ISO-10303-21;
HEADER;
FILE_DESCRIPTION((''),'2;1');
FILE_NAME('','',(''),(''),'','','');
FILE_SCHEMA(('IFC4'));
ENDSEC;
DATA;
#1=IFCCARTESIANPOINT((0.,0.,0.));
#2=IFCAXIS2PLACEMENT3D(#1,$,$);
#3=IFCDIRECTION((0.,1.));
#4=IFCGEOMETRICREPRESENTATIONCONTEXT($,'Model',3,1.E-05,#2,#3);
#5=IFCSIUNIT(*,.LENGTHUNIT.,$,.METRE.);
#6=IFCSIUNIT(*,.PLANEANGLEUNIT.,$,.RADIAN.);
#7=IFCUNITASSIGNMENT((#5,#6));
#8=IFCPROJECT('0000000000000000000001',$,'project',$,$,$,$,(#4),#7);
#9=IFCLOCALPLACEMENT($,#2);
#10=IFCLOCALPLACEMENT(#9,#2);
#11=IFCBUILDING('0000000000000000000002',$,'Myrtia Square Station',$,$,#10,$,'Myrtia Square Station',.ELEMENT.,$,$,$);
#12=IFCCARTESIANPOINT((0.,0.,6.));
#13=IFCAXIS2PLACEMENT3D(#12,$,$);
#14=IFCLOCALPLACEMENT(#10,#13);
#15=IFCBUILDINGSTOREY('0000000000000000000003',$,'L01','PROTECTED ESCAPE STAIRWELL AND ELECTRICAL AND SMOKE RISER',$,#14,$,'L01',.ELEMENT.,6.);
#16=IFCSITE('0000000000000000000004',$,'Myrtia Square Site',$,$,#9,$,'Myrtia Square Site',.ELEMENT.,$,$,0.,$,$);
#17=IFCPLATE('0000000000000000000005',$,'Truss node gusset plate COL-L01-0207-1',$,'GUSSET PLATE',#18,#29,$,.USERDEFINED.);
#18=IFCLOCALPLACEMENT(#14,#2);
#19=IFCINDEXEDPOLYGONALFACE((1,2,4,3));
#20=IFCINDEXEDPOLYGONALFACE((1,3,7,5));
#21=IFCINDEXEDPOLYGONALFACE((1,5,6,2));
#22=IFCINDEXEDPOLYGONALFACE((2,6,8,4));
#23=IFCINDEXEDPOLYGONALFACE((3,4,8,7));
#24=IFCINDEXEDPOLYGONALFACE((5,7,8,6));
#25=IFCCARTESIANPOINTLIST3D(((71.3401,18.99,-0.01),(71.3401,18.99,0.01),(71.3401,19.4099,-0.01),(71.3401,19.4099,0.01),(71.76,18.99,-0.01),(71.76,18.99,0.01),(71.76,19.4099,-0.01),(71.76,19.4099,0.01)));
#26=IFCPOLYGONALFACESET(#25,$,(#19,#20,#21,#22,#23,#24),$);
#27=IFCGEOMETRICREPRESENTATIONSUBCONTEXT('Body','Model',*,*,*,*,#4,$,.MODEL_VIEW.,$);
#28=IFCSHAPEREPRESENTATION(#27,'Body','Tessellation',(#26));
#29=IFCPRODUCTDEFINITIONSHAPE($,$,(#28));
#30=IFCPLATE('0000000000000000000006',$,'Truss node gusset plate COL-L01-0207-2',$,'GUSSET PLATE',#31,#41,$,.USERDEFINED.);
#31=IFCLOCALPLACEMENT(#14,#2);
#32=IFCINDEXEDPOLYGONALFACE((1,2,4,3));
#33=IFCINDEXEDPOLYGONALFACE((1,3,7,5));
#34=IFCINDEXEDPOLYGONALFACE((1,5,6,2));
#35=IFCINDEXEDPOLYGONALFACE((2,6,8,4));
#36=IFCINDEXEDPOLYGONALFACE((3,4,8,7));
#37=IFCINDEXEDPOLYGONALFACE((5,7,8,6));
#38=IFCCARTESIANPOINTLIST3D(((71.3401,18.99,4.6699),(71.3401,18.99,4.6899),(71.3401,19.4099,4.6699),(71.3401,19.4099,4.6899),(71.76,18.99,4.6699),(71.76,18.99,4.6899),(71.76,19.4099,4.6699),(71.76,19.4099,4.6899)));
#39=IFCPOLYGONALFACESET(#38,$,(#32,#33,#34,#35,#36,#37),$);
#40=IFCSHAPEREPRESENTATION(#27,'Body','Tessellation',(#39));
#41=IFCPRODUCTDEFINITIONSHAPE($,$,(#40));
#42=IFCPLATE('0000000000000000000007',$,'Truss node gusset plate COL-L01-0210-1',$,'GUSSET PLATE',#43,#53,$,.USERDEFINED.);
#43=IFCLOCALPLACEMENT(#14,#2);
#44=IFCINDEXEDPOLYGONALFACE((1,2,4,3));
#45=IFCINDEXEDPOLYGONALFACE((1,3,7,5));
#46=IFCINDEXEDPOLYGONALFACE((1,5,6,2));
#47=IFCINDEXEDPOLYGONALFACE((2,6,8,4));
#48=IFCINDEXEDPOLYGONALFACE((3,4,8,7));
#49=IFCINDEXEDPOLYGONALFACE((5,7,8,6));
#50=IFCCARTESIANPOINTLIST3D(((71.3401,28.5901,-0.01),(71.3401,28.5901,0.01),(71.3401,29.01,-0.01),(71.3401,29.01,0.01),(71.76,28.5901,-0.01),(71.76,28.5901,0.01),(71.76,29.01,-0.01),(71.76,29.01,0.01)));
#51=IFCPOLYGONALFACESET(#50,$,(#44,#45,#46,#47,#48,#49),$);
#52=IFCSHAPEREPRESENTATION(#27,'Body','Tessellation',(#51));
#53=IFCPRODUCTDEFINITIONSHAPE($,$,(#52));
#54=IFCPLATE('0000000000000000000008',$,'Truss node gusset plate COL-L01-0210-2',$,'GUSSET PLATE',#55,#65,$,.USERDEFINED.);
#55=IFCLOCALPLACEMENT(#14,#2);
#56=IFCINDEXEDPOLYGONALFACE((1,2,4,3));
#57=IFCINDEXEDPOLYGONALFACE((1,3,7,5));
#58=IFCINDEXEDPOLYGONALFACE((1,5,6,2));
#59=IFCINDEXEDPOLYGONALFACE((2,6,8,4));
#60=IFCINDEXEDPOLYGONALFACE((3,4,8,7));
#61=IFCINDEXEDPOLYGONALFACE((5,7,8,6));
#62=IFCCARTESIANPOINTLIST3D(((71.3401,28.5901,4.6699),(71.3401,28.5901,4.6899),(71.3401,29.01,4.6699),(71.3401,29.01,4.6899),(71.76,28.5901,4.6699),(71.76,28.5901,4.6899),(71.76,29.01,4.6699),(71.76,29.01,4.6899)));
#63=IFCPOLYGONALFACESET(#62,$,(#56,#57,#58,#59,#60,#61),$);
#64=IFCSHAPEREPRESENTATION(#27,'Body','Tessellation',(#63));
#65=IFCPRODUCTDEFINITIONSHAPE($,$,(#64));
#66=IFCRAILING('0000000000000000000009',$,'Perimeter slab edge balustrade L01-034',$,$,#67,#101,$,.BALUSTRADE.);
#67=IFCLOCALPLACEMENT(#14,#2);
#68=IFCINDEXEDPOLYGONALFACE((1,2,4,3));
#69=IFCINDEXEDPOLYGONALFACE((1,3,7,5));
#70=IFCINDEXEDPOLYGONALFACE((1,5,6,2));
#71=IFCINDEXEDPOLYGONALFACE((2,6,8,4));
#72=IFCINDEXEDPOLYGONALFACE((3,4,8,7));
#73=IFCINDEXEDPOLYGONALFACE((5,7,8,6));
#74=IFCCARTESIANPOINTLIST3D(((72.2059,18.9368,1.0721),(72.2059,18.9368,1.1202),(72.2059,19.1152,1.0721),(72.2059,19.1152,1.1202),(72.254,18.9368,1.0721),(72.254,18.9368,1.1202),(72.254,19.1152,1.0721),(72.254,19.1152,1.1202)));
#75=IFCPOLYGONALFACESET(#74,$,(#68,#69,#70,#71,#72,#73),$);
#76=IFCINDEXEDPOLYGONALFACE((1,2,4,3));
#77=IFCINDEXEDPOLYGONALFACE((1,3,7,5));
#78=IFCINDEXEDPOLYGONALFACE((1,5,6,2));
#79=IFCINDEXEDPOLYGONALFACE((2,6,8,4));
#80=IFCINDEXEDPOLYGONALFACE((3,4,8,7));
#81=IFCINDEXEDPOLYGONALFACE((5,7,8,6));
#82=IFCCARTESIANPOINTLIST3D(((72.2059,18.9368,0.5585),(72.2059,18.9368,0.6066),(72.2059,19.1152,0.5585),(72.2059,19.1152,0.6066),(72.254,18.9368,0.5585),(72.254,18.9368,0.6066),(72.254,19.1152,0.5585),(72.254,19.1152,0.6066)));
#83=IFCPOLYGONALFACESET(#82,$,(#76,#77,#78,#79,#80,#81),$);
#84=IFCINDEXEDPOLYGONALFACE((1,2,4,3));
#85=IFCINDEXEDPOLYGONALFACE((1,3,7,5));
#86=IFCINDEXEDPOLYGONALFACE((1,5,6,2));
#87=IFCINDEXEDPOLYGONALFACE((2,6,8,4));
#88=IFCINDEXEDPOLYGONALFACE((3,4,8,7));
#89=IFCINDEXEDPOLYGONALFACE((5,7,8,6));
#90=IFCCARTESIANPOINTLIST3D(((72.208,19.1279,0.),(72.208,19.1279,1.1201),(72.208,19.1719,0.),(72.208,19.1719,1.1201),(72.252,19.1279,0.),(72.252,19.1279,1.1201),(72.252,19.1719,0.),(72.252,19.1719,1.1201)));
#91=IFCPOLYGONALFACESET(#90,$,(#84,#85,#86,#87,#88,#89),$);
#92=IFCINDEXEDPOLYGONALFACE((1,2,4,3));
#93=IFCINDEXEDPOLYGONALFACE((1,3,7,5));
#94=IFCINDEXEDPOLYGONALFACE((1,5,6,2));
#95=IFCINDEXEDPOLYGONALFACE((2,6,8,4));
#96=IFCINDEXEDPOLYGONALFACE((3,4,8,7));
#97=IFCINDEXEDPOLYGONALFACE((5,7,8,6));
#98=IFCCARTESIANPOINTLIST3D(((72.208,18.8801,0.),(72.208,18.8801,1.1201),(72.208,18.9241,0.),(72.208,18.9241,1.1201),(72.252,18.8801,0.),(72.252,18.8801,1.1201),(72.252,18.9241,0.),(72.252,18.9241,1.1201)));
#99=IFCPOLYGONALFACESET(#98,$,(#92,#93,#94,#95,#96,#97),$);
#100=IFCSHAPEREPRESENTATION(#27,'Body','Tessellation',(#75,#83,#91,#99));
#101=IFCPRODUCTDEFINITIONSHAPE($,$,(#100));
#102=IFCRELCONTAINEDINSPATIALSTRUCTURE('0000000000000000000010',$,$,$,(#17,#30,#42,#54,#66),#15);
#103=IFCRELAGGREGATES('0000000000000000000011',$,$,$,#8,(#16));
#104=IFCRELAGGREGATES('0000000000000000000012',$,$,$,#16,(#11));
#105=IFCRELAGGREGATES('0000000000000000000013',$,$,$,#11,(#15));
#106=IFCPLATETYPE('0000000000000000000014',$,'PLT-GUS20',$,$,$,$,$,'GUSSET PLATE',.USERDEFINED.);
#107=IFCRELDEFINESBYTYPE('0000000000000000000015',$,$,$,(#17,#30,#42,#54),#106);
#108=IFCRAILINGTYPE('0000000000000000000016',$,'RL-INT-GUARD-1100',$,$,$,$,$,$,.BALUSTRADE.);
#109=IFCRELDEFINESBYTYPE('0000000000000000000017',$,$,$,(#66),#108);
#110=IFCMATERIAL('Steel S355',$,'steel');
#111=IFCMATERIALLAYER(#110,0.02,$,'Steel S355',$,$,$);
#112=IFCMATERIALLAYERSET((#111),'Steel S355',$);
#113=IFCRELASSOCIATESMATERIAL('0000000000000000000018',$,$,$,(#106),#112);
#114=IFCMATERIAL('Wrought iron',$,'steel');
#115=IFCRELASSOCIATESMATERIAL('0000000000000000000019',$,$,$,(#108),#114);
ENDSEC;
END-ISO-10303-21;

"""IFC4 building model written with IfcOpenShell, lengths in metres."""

from ifc_helpers import new_model, si_unit, direction, frame, origin, origin_2d, place, context, subcontext, project, spatial, rectangle, extrude, material, layer, layer_set, type_object, element, save


model = new_model("IFC4")

# Units and contexts
model_context = context("Model", 3, precision=1e-05, world=origin(), true_north=direction((0.0, 1.0)))
body_context = subcontext(model_context, "Body", "Model", "MODEL_VIEW")
ifc_project = project(units=[si_unit("LENGTHUNIT", "METRE"), si_unit("PLANEANGLEUNIT", "RADIAN")], contexts=[model_context])

# Site, building, storey
site_placement = place(None, origin())
site = spatial("IfcSite", under=ifc_project, at=site_placement, Name="Myrtia Square Site", LongName="Myrtia Square Site", CompositionType="ELEMENT", RefElevation=0.0)
building_placement = place(site_placement, origin())
building = spatial("IfcBuilding", under=site, at=building_placement, Name="Myrtia Square Station", LongName="Myrtia Square Station", CompositionType="ELEMENT")
storey_placement = place(building_placement, frame((0.0, 0.0, 6.0)))
storey = spatial("IfcBuildingStorey", under=building, at=storey_placement, Name="L01", Description="PROTECTED ESCAPE STAIRWELL AND ELECTRICAL AND SMOKE RISER", LongName="L01", CompositionType="ELEMENT", Elevation=6.0)

# Shared definitions
ifc_material_1 = material(Name="Steel S355", Category="steel")

# Plates
ifc_layer_1 = layer(ifc_material_1, 0.02, Name="Steel S355")
ifc_layer_set_1 = layer_set([ifc_layer_1], Name="Steel S355")
plate_type_1 = type_object("IfcPlateType", Name="PLT-GUS20", ElementType="GUSSET PLATE", PredefinedType="USERDEFINED", material=ifc_layer_set_1)
for number, where, z_axis, x_axis, name in (
    (1, (71.55, 19.2, -0.01), (0.0, 0.0, 1.0), (1.0, 0.0, 0.0), "Truss node gusset plate COL-L01-0207-1"),
    (2, (71.55, 19.2, 4.6699), (0.0, 0.0, 1.0), (1.0, 0.0, 0.0), "Truss node gusset plate COL-L01-0207-2"),
    (3, (71.55, 28.8, -0.01), (0.0, 0.0, 1.0), (1.0, 0.0, 0.0), "Truss node gusset plate COL-L01-0210-1"),
    (4, (71.55, 28.8, 4.6699), (0.0, 0.0, 1.0), (1.0, 0.0, 0.0), "Truss node gusset plate COL-L01-0210-2"),
):
    element("IfcPlate", number, at=place(storey_placement, frame(where, z_axis=z_axis, x_axis=x_axis)), inside=storey, type_object=plate_type_1, Name=name, ObjectType="GUSSET PLATE", PredefinedType="USERDEFINED", context=body_context, shape_type="SweptSolid", body=[
        extrude(rectangle(XDim=0.4199, YDim=0.4199, at=origin_2d()), origin(), (0.0, 0.0, 1.0), 0.02),
    ])

# Railing
ifc_material_2 = material(Name="Wrought iron", Category="steel")
railing_type = type_object("IfcRailingType", Name="RL-INT-GUARD-1100", PredefinedType="BALUSTRADE", material=ifc_material_2)
railing_placement = place(storey_placement, frame((72.23, 19.1499, 0.0)))
element("IfcRailing", 5, at=railing_placement, inside=storey, type_object=railing_type, Name="Perimeter slab edge balustrade L01-034", PredefinedType="BALUSTRADE", context=body_context, shape_type="SweptSolid", body=[
    extrude(rectangle(XDim=0.0481, YDim=0.0481, at=origin_2d()), frame((0.0, -0.0347, 1.0962), z_axis=(0.0, -1.0, 0.0), x_axis=(1.0, 0.0, 0.0)), (0.0, 0.0, 1.0), 0.1785),
    extrude(rectangle(XDim=0.0481, YDim=0.0481, at=origin_2d()), frame((0.0, -0.0347, 0.5825), z_axis=(0.0, -1.0, 0.0), x_axis=(1.0, 0.0, 0.0)), (0.0, 0.0, 1.0), 0.1785),
    extrude(rectangle(XDim=0.0439, YDim=0.0439, at=origin_2d()), origin(), (0.0, 0.0, 1.0), 1.1201),
    extrude(rectangle(XDim=0.0439, YDim=0.0439, at=origin_2d()), frame((0.0, -0.2478, 0.0)), (0.0, 0.0, 1.0), 1.1201),
])

save(model, "model.ifc")
